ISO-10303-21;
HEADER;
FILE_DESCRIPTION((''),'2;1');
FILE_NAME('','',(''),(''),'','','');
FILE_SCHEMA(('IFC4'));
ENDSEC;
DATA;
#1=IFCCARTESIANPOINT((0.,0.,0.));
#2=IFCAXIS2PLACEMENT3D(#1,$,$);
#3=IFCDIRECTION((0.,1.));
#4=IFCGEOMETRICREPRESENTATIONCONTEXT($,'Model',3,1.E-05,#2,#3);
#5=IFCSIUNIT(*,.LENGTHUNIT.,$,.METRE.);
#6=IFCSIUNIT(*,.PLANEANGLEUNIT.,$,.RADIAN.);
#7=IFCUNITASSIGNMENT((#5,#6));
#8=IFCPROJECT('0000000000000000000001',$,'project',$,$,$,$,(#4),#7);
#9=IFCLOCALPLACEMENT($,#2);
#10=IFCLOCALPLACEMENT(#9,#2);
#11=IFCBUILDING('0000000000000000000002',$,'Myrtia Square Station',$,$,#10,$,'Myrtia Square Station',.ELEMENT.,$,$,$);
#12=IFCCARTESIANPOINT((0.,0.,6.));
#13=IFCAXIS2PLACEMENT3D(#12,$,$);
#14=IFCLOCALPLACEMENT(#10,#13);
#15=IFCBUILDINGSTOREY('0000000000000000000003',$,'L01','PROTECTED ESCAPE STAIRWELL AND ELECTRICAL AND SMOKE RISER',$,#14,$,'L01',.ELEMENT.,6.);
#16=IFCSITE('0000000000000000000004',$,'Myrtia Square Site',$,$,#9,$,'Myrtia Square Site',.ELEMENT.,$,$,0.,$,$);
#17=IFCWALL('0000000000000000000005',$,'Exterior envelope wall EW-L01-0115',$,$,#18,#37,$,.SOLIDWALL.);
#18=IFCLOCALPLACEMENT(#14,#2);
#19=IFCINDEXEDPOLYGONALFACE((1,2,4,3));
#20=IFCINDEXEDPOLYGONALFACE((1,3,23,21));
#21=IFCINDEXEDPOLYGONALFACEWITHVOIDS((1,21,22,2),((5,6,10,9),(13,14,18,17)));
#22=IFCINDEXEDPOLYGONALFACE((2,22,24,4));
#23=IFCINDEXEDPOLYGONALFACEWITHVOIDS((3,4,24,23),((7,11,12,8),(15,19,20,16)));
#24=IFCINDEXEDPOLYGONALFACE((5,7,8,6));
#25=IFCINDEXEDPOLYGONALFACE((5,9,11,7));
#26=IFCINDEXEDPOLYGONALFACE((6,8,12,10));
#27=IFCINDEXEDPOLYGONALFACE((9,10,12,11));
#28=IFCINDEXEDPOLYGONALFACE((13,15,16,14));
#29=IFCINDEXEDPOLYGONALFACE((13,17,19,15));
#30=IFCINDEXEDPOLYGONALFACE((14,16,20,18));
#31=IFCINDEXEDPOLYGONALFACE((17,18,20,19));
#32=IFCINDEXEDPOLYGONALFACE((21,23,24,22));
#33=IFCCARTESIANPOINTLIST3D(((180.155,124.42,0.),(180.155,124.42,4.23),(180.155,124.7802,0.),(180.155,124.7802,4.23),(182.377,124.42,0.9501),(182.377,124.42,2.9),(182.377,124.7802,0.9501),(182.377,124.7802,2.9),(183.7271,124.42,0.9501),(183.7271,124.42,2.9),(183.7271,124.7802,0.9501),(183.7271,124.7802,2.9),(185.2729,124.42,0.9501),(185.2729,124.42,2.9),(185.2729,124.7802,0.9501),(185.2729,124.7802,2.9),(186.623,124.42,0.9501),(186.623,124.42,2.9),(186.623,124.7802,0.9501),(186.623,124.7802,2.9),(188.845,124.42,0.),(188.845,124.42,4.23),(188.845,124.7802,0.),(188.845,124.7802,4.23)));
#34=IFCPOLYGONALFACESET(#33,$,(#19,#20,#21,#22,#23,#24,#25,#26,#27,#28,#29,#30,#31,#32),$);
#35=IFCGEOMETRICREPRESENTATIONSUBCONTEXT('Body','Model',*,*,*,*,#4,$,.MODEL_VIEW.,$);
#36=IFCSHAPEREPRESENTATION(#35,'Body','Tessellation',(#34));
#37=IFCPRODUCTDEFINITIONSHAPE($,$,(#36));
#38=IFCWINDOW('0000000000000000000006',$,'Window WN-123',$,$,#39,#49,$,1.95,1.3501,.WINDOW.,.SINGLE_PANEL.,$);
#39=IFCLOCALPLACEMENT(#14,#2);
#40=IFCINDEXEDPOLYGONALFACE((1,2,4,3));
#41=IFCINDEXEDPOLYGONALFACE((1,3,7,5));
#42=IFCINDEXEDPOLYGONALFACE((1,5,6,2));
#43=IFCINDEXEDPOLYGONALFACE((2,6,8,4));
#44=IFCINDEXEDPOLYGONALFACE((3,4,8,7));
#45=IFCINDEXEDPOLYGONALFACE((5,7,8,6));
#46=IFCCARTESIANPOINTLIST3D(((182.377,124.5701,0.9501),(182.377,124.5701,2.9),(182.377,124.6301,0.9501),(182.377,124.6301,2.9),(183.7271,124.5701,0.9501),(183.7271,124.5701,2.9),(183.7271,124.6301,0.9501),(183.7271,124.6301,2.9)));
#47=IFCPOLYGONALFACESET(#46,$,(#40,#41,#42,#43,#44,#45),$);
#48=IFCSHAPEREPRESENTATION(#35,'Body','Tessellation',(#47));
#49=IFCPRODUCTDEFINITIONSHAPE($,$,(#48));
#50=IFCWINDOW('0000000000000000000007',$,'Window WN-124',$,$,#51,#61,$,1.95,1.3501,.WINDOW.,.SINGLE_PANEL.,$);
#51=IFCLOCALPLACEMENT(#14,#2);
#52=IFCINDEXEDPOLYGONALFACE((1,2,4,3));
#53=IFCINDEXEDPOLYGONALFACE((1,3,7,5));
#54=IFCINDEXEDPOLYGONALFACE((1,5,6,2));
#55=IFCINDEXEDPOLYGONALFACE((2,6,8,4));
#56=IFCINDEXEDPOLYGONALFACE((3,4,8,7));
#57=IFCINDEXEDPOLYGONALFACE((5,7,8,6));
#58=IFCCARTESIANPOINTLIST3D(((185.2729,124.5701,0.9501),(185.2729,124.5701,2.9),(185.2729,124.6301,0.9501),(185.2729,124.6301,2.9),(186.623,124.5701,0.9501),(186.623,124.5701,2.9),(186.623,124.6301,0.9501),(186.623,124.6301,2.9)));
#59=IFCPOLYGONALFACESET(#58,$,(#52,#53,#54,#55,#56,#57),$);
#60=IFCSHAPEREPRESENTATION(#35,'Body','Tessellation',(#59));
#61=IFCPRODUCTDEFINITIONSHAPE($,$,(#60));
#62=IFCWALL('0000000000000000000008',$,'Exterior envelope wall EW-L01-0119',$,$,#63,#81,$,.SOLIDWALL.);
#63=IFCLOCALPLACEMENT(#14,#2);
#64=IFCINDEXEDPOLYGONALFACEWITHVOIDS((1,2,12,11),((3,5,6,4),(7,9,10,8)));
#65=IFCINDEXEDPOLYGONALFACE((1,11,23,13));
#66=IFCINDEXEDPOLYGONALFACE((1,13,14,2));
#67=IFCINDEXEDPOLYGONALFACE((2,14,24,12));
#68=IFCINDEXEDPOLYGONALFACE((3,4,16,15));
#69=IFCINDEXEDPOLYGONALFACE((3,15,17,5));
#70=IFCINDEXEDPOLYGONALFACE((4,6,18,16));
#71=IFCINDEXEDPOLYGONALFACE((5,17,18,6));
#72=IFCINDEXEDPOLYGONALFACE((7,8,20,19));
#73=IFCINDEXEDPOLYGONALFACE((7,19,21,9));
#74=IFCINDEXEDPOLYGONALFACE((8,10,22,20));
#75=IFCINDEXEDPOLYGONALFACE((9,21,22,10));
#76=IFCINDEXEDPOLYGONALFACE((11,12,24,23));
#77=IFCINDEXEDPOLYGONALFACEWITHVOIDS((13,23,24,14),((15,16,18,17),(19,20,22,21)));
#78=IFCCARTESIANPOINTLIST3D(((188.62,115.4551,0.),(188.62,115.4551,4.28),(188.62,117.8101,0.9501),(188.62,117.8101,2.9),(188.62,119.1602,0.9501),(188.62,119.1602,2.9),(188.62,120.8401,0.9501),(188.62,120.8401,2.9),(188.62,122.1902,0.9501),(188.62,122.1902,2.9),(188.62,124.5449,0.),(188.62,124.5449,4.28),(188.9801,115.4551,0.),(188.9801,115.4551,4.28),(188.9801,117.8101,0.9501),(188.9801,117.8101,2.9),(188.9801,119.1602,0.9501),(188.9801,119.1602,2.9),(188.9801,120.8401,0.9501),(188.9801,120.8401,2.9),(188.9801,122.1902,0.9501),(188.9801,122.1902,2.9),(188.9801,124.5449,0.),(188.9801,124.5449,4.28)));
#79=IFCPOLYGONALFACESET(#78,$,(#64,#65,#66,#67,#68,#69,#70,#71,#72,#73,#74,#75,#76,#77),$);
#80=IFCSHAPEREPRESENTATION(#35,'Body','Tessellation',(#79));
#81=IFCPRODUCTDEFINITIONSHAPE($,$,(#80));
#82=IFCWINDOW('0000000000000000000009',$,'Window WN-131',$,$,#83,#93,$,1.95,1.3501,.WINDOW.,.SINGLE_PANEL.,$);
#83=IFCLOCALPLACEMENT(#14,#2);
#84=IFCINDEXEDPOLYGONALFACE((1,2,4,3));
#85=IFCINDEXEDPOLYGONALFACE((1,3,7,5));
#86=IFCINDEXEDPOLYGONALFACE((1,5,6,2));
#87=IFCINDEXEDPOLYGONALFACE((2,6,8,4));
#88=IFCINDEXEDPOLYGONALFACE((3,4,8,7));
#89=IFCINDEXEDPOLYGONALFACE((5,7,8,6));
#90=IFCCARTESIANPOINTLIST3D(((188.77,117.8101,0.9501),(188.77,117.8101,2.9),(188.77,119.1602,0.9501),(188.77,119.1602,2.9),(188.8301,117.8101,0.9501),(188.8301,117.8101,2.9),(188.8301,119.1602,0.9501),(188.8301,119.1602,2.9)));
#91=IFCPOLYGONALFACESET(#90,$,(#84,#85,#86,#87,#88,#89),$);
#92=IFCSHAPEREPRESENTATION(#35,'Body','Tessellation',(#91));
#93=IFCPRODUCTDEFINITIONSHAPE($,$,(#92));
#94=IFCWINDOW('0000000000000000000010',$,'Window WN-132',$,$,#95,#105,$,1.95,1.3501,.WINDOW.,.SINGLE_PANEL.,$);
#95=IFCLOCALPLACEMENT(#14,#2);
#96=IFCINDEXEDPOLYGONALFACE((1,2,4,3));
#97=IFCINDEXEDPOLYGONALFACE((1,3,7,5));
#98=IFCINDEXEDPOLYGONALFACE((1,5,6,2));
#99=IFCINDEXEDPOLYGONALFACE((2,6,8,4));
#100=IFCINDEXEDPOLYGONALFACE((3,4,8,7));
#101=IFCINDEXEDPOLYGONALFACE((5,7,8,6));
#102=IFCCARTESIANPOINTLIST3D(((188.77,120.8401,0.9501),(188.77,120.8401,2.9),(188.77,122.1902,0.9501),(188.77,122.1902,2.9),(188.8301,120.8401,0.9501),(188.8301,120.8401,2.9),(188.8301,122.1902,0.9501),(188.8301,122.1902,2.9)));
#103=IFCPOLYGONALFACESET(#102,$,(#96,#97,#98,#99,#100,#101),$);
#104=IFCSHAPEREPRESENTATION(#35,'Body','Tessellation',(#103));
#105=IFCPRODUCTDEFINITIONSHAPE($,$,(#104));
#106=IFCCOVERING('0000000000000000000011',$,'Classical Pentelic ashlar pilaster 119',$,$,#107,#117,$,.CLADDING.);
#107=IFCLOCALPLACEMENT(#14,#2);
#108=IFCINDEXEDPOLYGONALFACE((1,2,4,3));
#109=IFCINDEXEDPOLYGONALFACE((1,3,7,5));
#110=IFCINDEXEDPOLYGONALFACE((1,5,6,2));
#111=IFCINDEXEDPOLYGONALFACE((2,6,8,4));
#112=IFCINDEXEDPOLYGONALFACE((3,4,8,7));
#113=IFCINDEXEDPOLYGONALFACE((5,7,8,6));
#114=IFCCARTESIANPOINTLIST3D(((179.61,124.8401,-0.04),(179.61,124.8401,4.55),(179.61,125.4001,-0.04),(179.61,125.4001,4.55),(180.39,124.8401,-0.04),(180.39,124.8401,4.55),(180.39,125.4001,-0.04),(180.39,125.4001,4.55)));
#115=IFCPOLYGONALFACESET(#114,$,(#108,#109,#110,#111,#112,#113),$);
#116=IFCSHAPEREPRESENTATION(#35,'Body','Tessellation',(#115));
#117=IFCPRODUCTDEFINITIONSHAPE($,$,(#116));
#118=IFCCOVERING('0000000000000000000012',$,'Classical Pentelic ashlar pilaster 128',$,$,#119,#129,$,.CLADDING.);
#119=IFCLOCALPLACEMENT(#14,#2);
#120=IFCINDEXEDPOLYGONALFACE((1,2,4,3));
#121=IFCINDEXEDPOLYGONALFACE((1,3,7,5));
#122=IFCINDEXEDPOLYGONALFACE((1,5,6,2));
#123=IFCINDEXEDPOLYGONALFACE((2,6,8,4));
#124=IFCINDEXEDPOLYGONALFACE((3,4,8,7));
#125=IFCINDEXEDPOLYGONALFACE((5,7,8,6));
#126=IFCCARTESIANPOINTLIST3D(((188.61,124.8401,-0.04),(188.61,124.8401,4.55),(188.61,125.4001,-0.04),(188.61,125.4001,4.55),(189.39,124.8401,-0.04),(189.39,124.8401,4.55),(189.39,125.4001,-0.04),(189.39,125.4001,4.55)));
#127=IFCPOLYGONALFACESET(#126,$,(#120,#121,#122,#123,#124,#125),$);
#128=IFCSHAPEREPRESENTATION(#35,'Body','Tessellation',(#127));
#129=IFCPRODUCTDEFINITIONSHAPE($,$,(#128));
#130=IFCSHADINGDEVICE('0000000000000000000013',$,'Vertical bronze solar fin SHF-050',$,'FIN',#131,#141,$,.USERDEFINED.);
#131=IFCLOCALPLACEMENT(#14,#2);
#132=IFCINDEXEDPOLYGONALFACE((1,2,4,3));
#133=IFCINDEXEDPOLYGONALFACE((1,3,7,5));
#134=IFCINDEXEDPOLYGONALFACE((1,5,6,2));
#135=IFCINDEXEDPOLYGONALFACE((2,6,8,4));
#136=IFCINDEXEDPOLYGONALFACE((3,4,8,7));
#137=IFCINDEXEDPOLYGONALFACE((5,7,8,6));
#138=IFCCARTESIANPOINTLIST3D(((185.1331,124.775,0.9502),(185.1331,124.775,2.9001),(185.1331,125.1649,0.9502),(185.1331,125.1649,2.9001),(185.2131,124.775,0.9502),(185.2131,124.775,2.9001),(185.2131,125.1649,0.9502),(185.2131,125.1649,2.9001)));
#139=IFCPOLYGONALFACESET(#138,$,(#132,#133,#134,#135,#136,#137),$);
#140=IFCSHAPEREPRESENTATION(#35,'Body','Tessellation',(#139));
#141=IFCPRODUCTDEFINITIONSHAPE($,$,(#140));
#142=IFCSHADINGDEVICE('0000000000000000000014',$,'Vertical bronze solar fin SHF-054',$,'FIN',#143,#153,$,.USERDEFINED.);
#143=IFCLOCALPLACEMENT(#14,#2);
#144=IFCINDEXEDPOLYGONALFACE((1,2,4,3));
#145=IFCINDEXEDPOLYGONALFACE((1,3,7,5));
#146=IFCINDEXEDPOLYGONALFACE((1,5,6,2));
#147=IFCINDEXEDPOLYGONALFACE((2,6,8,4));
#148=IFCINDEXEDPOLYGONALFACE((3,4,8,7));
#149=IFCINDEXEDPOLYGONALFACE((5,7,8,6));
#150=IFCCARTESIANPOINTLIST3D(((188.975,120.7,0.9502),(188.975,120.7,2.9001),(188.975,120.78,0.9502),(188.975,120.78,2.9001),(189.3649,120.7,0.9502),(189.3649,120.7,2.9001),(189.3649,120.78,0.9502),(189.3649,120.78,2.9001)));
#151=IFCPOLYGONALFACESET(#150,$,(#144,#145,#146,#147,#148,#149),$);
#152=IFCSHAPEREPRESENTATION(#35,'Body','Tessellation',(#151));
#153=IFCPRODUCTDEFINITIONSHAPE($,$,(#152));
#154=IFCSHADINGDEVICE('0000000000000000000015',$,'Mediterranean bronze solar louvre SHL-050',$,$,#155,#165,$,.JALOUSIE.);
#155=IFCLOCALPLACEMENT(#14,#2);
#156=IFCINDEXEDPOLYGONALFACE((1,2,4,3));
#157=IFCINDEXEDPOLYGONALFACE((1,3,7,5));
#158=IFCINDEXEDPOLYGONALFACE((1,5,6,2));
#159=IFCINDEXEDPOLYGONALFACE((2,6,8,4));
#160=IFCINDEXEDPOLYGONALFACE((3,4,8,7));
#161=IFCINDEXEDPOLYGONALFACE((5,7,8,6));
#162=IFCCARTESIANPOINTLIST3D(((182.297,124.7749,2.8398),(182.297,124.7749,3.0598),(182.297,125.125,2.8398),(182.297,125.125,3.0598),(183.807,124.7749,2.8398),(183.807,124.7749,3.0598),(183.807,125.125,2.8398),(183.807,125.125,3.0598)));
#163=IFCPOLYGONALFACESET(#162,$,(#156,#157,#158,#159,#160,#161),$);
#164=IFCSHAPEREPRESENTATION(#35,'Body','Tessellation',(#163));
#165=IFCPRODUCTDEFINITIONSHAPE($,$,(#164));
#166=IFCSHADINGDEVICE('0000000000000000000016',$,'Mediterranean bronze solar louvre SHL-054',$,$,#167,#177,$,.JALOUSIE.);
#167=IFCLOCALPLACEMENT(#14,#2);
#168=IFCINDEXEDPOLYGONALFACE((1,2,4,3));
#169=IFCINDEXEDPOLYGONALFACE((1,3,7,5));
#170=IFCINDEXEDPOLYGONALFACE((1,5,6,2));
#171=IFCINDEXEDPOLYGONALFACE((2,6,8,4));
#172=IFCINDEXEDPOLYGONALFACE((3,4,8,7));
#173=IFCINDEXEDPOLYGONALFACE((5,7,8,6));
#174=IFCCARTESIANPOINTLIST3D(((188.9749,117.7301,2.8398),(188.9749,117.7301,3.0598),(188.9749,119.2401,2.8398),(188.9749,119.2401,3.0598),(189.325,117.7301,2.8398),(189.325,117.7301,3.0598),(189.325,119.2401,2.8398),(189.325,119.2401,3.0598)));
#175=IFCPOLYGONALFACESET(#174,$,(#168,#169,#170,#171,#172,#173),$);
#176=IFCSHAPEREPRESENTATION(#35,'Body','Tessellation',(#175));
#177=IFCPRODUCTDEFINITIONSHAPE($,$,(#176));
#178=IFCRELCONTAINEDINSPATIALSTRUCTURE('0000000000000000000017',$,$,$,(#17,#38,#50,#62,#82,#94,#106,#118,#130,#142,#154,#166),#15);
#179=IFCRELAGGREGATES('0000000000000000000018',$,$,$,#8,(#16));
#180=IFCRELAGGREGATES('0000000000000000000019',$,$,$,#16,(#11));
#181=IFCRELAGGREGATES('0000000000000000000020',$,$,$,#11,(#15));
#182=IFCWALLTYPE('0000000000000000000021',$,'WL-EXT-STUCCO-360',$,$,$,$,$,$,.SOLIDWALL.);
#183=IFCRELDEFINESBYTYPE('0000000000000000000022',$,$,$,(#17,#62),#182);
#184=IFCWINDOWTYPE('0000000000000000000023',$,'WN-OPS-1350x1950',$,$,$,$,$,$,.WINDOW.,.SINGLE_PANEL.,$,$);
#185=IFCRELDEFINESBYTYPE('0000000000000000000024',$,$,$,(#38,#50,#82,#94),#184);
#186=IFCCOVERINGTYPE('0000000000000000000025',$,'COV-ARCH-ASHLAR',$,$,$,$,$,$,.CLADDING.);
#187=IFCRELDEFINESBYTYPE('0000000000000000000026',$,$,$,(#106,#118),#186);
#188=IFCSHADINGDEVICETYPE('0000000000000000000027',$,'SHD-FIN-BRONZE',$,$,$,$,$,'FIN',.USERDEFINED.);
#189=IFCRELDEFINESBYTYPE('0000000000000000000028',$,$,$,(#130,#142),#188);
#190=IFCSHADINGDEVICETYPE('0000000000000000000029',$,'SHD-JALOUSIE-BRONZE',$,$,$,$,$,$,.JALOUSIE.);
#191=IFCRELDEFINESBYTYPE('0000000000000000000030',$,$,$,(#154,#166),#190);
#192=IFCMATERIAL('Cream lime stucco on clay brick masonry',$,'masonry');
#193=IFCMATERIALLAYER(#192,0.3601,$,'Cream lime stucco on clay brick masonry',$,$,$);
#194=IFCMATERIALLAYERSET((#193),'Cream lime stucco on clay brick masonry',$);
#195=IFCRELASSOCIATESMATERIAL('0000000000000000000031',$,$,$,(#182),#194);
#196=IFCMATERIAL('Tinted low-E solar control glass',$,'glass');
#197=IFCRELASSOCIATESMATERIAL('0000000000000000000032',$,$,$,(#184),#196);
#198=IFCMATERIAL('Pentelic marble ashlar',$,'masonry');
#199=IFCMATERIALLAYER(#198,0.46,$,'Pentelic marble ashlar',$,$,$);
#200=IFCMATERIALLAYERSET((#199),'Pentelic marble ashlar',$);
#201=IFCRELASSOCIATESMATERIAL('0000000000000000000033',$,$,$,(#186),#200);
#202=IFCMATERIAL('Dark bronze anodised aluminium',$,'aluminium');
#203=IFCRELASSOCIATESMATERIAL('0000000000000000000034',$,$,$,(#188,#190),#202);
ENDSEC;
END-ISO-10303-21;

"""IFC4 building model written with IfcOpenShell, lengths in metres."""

from ifc_helpers import new_model, si_unit, direction, frame, frame_2d, origin, origin_2d, place, context, subcontext, project, spatial, rectangle, extrude, material, layer, layer_set, type_object, element, fill, save


model = new_model("IFC4")

# Units and contexts
model_context = context("Model", 3, precision=1e-05, world=origin(), true_north=direction((0.0, 1.0)))
body_context = subcontext(model_context, "Body", "Model", "MODEL_VIEW")
ifc_project = project(units=[si_unit("LENGTHUNIT", "METRE"), si_unit("PLANEANGLEUNIT", "RADIAN")], contexts=[model_context])

# Site, building, storey
site_placement = place(None, origin())
site = spatial("IfcSite", under=ifc_project, at=site_placement, Name="Myrtia Square Site", LongName="Myrtia Square Site", CompositionType="ELEMENT", RefElevation=0.0)
building_placement = place(site_placement, origin())
building = spatial("IfcBuilding", under=site, at=building_placement, Name="Myrtia Square Station", LongName="Myrtia Square Station", CompositionType="ELEMENT")
storey_placement = place(building_placement, frame((0.0, 0.0, 6.0)))
storey = spatial("IfcBuildingStorey", under=building, at=storey_placement, Name="L01", Description="PROTECTED ESCAPE STAIRWELL AND ELECTRICAL AND SMOKE RISER", LongName="L01", CompositionType="ELEMENT", Elevation=6.0)

# Walls, openings, windows
ifc_material_1 = material(Name="Cream lime stucco on clay brick masonry", Category="masonry")
ifc_layer_1 = layer(ifc_material_1, 0.3601, Name="Cream lime stucco on clay brick masonry")
ifc_layer_set_1 = layer_set([ifc_layer_1], Name="Cream lime stucco on clay brick masonry")
wall_type = type_object("IfcWallType", Name="WL-EXT-STUCCO-360", PredefinedType="SOLIDWALL", material=ifc_layer_set_1)
wall_1_placement = place(storey_placement, frame((180.155, 124.6001, 0.0), z_axis=(0.0, 0.0, 1.0), x_axis=(1.0, 0.0, 0.0)))
wall_1 = element("IfcWall", 1, at=wall_1_placement, inside=storey, type_object=wall_type, Name="Exterior envelope wall EW-L01-0115", PredefinedType="SOLIDWALL", context=body_context, shape_type="SweptSolid", body=[
    extrude(rectangle(XDim=8.6899, YDim=0.3601, at=frame_2d((4.345, 0.0))), origin(), (0.0, 0.0, 1.0), 4.23),
])
opening_1_placement = place(wall_1_placement, frame((2.2219, 0.0, 0.95)))
opening_1 = element("IfcOpeningElement", 2, at=opening_1_placement, cuts=wall_1, PredefinedType="OPENING", context=body_context, shape_type="SweptSolid", body=[
    extrude(rectangle(XDim=1.3501, YDim=1.95, at=frame_2d((0.675, 0.9751))), frame((0.0, 0.1951, 0.0), z_axis=(0.0, -1.0, 0.0), x_axis=(1.0, 0.0, 0.0)), (0.0, 0.0, 1.0), 0.3901),
])
opening_2_placement = place(wall_1_placement, frame((5.1179, 0.0, 0.95)))
opening_2 = element("IfcOpeningElement", 3, at=opening_2_placement, cuts=wall_1, PredefinedType="OPENING", context=body_context, shape_type="SweptSolid", body=[
    extrude(rectangle(XDim=1.3501, YDim=1.95, at=frame_2d((0.675, 0.9751))), frame((0.0, 0.1951, 0.0), z_axis=(0.0, -1.0, 0.0), x_axis=(1.0, 0.0, 0.0)), (0.0, 0.0, 1.0), 0.3901),
])
ifc_material_2 = material(Name="Tinted low-E solar control glass", Category="glass")
window_type = type_object("IfcWindowType", Name="WN-OPS-1350x1950", PartitioningType="SINGLE_PANEL", PredefinedType="WINDOW", material=ifc_material_2)
window_1_placement = place(opening_1_placement, origin())
window_1 = element("IfcWindow", 4, at=window_1_placement, inside=storey, type_object=window_type, Name="Window WN-123", OverallHeight=1.95, OverallWidth=1.3501, PartitioningType="SINGLE_PANEL", PredefinedType="WINDOW", context=body_context, shape_type="SweptSolid", body=[
    extrude(rectangle(XDim=1.3501, YDim=1.95, at=frame_2d((0.675, 0.9751))), frame((0.0, 0.03, 0.0), z_axis=(0.0, -1.0, 0.0), x_axis=(1.0, 0.0, 0.0)), (0.0, 0.0, 1.0), 0.0601),
])
fill(opening_1, window_1)
window_2_placement = place(opening_2_placement, origin())
window_2 = element("IfcWindow", 5, at=window_2_placement, inside=storey, type_object=window_type, Name="Window WN-124", OverallHeight=1.95, OverallWidth=1.3501, PartitioningType="SINGLE_PANEL", PredefinedType="WINDOW", context=body_context, shape_type="SweptSolid", body=[
    extrude(rectangle(XDim=1.3501, YDim=1.95, at=frame_2d((0.675, 0.9751))), frame((0.0, 0.03, 0.0), z_axis=(0.0, -1.0, 0.0), x_axis=(1.0, 0.0, 0.0)), (0.0, 0.0, 1.0), 0.0601),
])
fill(opening_2, window_2)
wall_2_placement = place(storey_placement, frame((188.8, 115.4551, 0.0), z_axis=(0.0, 0.0, 1.0), x_axis=(0.0, 1.0, 0.0)))
wall_2 = element("IfcWall", 6, at=wall_2_placement, inside=storey, type_object=wall_type, Name="Exterior envelope wall EW-L01-0119", PredefinedType="SOLIDWALL", context=body_context, shape_type="SweptSolid", body=[
    extrude(rectangle(XDim=9.0898, YDim=0.3601, at=frame_2d((4.5449, 0.0))), origin(), (0.0, 0.0, 1.0), 4.28),
])
opening_3_placement = place(wall_2_placement, frame((2.355, 0.0, 0.95)))
opening_3 = element("IfcOpeningElement", 7, at=opening_3_placement, cuts=wall_2, PredefinedType="OPENING", context=body_context, shape_type="SweptSolid", body=[
    extrude(rectangle(XDim=1.3501, YDim=1.95, at=frame_2d((0.675, 0.9751))), frame((0.0, 0.1951, 0.0), z_axis=(0.0, -1.0, 0.0), x_axis=(1.0, 0.0, 0.0)), (0.0, 0.0, 1.0), 0.3901),
])
opening_4_placement = place(wall_2_placement, frame((5.385, 0.0, 0.95)))
opening_4 = element("IfcOpeningElement", 8, at=opening_4_placement, cuts=wall_2, PredefinedType="OPENING", context=body_context, shape_type="SweptSolid", body=[
    extrude(rectangle(XDim=1.3501, YDim=1.95, at=frame_2d((0.675, 0.9751))), frame((0.0, 0.1951, 0.0), z_axis=(0.0, -1.0, 0.0), x_axis=(1.0, 0.0, 0.0)), (0.0, 0.0, 1.0), 0.3901),
])
window_3_placement = place(opening_3_placement, origin())
window_3 = element("IfcWindow", 9, at=window_3_placement, inside=storey, type_object=window_type, Name="Window WN-131", OverallHeight=1.95, OverallWidth=1.3501, PartitioningType="SINGLE_PANEL", PredefinedType="WINDOW", context=body_context, shape_type="SweptSolid", body=[
    extrude(rectangle(XDim=1.3501, YDim=1.95, at=frame_2d((0.675, 0.9751))), frame((0.0, 0.03, 0.0), z_axis=(0.0, -1.0, 0.0), x_axis=(1.0, 0.0, 0.0)), (0.0, 0.0, 1.0), 0.0601),
])
fill(opening_3, window_3)
window_4_placement = place(opening_4_placement, origin())
window_4 = element("IfcWindow", 10, at=window_4_placement, inside=storey, type_object=window_type, Name="Window WN-132", OverallHeight=1.95, OverallWidth=1.3501, PartitioningType="SINGLE_PANEL", PredefinedType="WINDOW", context=body_context, shape_type="SweptSolid", body=[
    extrude(rectangle(XDim=1.3501, YDim=1.95, at=frame_2d((0.675, 0.9751))), frame((0.0, 0.03, 0.0), z_axis=(0.0, -1.0, 0.0), x_axis=(1.0, 0.0, 0.0)), (0.0, 0.0, 1.0), 0.0601),
])
fill(opening_4, window_4)

# Coverings
ifc_material_3 = material(Name="Pentelic marble ashlar", Category="masonry")
ifc_layer_2 = layer(ifc_material_3, 0.46, Name="Pentelic marble ashlar")
ifc_layer_set_2 = layer_set([ifc_layer_2], Name="Pentelic marble ashlar")
covering_type = type_object("IfcCoveringType", Name="COV-ARCH-ASHLAR", PredefinedType="CLADDING", material=ifc_layer_set_2)
for number, where, z_axis, x_axis, name in (
    (11, (180.0, 125.1201, -0.04), (0.0, 0.0, 1.0), (1.0, 0.0, 0.0), "Classical Pentelic ashlar pilaster 119"),
    (12, (189.0, 125.1201, -0.04), (0.0, 0.0, 1.0), (1.0, 0.0, 0.0), "Classical Pentelic ashlar pilaster 128"),
):
    element("IfcCovering", number, at=place(storey_placement, frame(where, z_axis=z_axis, x_axis=x_axis)), inside=storey, type_object=covering_type, Name=name, PredefinedType="CLADDING", context=body_context, shape_type="SweptSolid", body=[
        extrude(rectangle(XDim=0.78, YDim=0.5601, at=origin_2d()), origin(), (0.0, 0.0, 1.0), 4.5901),
    ])

# Shading devices
ifc_material_4 = material(Name="Dark bronze anodised aluminium", Category="aluminium")
shading_device_type_1 = type_object("IfcShadingDeviceType", Name="SHD-FIN-BRONZE", ElementType="FIN", PredefinedType="USERDEFINED", material=ifc_material_4)
for number, where, z_axis, x_axis, name in (
    (13, (185.1731, 124.97, 0.9502), (0.0, 0.0, 1.0), (1.0, 0.0, 0.0), "Vertical bronze solar fin SHF-050"),
    (14, (189.1699, 120.74, 0.9502), (0.0, 0.0, 1.0), (0.0, 1.0, 0.0), "Vertical bronze solar fin SHF-054"),
):
    element("IfcShadingDevice", number, at=place(storey_placement, frame(where, z_axis=z_axis, x_axis=x_axis)), inside=storey, type_object=shading_device_type_1, Name=name, ObjectType="FIN", PredefinedType="USERDEFINED", context=body_context, shape_type="SweptSolid", body=[
        extrude(rectangle(XDim=0.0801, YDim=0.3899, at=origin_2d()), origin(), (0.0, 0.0, 1.0), 1.95),
    ])
shading_device_type_2 = type_object("IfcShadingDeviceType", Name="SHD-JALOUSIE-BRONZE", PredefinedType="JALOUSIE", material=ifc_material_4)
for number, where, z_axis, x_axis, name in (
    (15, (183.052, 124.95, 2.8398), (0.0, 0.0, 1.0), (1.0, 0.0, 0.0), "Mediterranean bronze solar louvre SHL-050"),
    (16, (189.1499, 118.4851, 2.8398), (0.0, 0.0, 1.0), (0.0, 1.0, 0.0), "Mediterranean bronze solar louvre SHL-054"),
):
    element("IfcShadingDevice", number, at=place(storey_placement, frame(where, z_axis=z_axis, x_axis=x_axis)), inside=storey, type_object=shading_device_type_2, Name=name, PredefinedType="JALOUSIE", context=body_context, shape_type="SweptSolid", body=[
        extrude(rectangle(XDim=1.51, YDim=0.3501, at=origin_2d()), origin(), (0.0, 0.0, 1.0), 0.22),
    ])

save(model, "model.ifc")
